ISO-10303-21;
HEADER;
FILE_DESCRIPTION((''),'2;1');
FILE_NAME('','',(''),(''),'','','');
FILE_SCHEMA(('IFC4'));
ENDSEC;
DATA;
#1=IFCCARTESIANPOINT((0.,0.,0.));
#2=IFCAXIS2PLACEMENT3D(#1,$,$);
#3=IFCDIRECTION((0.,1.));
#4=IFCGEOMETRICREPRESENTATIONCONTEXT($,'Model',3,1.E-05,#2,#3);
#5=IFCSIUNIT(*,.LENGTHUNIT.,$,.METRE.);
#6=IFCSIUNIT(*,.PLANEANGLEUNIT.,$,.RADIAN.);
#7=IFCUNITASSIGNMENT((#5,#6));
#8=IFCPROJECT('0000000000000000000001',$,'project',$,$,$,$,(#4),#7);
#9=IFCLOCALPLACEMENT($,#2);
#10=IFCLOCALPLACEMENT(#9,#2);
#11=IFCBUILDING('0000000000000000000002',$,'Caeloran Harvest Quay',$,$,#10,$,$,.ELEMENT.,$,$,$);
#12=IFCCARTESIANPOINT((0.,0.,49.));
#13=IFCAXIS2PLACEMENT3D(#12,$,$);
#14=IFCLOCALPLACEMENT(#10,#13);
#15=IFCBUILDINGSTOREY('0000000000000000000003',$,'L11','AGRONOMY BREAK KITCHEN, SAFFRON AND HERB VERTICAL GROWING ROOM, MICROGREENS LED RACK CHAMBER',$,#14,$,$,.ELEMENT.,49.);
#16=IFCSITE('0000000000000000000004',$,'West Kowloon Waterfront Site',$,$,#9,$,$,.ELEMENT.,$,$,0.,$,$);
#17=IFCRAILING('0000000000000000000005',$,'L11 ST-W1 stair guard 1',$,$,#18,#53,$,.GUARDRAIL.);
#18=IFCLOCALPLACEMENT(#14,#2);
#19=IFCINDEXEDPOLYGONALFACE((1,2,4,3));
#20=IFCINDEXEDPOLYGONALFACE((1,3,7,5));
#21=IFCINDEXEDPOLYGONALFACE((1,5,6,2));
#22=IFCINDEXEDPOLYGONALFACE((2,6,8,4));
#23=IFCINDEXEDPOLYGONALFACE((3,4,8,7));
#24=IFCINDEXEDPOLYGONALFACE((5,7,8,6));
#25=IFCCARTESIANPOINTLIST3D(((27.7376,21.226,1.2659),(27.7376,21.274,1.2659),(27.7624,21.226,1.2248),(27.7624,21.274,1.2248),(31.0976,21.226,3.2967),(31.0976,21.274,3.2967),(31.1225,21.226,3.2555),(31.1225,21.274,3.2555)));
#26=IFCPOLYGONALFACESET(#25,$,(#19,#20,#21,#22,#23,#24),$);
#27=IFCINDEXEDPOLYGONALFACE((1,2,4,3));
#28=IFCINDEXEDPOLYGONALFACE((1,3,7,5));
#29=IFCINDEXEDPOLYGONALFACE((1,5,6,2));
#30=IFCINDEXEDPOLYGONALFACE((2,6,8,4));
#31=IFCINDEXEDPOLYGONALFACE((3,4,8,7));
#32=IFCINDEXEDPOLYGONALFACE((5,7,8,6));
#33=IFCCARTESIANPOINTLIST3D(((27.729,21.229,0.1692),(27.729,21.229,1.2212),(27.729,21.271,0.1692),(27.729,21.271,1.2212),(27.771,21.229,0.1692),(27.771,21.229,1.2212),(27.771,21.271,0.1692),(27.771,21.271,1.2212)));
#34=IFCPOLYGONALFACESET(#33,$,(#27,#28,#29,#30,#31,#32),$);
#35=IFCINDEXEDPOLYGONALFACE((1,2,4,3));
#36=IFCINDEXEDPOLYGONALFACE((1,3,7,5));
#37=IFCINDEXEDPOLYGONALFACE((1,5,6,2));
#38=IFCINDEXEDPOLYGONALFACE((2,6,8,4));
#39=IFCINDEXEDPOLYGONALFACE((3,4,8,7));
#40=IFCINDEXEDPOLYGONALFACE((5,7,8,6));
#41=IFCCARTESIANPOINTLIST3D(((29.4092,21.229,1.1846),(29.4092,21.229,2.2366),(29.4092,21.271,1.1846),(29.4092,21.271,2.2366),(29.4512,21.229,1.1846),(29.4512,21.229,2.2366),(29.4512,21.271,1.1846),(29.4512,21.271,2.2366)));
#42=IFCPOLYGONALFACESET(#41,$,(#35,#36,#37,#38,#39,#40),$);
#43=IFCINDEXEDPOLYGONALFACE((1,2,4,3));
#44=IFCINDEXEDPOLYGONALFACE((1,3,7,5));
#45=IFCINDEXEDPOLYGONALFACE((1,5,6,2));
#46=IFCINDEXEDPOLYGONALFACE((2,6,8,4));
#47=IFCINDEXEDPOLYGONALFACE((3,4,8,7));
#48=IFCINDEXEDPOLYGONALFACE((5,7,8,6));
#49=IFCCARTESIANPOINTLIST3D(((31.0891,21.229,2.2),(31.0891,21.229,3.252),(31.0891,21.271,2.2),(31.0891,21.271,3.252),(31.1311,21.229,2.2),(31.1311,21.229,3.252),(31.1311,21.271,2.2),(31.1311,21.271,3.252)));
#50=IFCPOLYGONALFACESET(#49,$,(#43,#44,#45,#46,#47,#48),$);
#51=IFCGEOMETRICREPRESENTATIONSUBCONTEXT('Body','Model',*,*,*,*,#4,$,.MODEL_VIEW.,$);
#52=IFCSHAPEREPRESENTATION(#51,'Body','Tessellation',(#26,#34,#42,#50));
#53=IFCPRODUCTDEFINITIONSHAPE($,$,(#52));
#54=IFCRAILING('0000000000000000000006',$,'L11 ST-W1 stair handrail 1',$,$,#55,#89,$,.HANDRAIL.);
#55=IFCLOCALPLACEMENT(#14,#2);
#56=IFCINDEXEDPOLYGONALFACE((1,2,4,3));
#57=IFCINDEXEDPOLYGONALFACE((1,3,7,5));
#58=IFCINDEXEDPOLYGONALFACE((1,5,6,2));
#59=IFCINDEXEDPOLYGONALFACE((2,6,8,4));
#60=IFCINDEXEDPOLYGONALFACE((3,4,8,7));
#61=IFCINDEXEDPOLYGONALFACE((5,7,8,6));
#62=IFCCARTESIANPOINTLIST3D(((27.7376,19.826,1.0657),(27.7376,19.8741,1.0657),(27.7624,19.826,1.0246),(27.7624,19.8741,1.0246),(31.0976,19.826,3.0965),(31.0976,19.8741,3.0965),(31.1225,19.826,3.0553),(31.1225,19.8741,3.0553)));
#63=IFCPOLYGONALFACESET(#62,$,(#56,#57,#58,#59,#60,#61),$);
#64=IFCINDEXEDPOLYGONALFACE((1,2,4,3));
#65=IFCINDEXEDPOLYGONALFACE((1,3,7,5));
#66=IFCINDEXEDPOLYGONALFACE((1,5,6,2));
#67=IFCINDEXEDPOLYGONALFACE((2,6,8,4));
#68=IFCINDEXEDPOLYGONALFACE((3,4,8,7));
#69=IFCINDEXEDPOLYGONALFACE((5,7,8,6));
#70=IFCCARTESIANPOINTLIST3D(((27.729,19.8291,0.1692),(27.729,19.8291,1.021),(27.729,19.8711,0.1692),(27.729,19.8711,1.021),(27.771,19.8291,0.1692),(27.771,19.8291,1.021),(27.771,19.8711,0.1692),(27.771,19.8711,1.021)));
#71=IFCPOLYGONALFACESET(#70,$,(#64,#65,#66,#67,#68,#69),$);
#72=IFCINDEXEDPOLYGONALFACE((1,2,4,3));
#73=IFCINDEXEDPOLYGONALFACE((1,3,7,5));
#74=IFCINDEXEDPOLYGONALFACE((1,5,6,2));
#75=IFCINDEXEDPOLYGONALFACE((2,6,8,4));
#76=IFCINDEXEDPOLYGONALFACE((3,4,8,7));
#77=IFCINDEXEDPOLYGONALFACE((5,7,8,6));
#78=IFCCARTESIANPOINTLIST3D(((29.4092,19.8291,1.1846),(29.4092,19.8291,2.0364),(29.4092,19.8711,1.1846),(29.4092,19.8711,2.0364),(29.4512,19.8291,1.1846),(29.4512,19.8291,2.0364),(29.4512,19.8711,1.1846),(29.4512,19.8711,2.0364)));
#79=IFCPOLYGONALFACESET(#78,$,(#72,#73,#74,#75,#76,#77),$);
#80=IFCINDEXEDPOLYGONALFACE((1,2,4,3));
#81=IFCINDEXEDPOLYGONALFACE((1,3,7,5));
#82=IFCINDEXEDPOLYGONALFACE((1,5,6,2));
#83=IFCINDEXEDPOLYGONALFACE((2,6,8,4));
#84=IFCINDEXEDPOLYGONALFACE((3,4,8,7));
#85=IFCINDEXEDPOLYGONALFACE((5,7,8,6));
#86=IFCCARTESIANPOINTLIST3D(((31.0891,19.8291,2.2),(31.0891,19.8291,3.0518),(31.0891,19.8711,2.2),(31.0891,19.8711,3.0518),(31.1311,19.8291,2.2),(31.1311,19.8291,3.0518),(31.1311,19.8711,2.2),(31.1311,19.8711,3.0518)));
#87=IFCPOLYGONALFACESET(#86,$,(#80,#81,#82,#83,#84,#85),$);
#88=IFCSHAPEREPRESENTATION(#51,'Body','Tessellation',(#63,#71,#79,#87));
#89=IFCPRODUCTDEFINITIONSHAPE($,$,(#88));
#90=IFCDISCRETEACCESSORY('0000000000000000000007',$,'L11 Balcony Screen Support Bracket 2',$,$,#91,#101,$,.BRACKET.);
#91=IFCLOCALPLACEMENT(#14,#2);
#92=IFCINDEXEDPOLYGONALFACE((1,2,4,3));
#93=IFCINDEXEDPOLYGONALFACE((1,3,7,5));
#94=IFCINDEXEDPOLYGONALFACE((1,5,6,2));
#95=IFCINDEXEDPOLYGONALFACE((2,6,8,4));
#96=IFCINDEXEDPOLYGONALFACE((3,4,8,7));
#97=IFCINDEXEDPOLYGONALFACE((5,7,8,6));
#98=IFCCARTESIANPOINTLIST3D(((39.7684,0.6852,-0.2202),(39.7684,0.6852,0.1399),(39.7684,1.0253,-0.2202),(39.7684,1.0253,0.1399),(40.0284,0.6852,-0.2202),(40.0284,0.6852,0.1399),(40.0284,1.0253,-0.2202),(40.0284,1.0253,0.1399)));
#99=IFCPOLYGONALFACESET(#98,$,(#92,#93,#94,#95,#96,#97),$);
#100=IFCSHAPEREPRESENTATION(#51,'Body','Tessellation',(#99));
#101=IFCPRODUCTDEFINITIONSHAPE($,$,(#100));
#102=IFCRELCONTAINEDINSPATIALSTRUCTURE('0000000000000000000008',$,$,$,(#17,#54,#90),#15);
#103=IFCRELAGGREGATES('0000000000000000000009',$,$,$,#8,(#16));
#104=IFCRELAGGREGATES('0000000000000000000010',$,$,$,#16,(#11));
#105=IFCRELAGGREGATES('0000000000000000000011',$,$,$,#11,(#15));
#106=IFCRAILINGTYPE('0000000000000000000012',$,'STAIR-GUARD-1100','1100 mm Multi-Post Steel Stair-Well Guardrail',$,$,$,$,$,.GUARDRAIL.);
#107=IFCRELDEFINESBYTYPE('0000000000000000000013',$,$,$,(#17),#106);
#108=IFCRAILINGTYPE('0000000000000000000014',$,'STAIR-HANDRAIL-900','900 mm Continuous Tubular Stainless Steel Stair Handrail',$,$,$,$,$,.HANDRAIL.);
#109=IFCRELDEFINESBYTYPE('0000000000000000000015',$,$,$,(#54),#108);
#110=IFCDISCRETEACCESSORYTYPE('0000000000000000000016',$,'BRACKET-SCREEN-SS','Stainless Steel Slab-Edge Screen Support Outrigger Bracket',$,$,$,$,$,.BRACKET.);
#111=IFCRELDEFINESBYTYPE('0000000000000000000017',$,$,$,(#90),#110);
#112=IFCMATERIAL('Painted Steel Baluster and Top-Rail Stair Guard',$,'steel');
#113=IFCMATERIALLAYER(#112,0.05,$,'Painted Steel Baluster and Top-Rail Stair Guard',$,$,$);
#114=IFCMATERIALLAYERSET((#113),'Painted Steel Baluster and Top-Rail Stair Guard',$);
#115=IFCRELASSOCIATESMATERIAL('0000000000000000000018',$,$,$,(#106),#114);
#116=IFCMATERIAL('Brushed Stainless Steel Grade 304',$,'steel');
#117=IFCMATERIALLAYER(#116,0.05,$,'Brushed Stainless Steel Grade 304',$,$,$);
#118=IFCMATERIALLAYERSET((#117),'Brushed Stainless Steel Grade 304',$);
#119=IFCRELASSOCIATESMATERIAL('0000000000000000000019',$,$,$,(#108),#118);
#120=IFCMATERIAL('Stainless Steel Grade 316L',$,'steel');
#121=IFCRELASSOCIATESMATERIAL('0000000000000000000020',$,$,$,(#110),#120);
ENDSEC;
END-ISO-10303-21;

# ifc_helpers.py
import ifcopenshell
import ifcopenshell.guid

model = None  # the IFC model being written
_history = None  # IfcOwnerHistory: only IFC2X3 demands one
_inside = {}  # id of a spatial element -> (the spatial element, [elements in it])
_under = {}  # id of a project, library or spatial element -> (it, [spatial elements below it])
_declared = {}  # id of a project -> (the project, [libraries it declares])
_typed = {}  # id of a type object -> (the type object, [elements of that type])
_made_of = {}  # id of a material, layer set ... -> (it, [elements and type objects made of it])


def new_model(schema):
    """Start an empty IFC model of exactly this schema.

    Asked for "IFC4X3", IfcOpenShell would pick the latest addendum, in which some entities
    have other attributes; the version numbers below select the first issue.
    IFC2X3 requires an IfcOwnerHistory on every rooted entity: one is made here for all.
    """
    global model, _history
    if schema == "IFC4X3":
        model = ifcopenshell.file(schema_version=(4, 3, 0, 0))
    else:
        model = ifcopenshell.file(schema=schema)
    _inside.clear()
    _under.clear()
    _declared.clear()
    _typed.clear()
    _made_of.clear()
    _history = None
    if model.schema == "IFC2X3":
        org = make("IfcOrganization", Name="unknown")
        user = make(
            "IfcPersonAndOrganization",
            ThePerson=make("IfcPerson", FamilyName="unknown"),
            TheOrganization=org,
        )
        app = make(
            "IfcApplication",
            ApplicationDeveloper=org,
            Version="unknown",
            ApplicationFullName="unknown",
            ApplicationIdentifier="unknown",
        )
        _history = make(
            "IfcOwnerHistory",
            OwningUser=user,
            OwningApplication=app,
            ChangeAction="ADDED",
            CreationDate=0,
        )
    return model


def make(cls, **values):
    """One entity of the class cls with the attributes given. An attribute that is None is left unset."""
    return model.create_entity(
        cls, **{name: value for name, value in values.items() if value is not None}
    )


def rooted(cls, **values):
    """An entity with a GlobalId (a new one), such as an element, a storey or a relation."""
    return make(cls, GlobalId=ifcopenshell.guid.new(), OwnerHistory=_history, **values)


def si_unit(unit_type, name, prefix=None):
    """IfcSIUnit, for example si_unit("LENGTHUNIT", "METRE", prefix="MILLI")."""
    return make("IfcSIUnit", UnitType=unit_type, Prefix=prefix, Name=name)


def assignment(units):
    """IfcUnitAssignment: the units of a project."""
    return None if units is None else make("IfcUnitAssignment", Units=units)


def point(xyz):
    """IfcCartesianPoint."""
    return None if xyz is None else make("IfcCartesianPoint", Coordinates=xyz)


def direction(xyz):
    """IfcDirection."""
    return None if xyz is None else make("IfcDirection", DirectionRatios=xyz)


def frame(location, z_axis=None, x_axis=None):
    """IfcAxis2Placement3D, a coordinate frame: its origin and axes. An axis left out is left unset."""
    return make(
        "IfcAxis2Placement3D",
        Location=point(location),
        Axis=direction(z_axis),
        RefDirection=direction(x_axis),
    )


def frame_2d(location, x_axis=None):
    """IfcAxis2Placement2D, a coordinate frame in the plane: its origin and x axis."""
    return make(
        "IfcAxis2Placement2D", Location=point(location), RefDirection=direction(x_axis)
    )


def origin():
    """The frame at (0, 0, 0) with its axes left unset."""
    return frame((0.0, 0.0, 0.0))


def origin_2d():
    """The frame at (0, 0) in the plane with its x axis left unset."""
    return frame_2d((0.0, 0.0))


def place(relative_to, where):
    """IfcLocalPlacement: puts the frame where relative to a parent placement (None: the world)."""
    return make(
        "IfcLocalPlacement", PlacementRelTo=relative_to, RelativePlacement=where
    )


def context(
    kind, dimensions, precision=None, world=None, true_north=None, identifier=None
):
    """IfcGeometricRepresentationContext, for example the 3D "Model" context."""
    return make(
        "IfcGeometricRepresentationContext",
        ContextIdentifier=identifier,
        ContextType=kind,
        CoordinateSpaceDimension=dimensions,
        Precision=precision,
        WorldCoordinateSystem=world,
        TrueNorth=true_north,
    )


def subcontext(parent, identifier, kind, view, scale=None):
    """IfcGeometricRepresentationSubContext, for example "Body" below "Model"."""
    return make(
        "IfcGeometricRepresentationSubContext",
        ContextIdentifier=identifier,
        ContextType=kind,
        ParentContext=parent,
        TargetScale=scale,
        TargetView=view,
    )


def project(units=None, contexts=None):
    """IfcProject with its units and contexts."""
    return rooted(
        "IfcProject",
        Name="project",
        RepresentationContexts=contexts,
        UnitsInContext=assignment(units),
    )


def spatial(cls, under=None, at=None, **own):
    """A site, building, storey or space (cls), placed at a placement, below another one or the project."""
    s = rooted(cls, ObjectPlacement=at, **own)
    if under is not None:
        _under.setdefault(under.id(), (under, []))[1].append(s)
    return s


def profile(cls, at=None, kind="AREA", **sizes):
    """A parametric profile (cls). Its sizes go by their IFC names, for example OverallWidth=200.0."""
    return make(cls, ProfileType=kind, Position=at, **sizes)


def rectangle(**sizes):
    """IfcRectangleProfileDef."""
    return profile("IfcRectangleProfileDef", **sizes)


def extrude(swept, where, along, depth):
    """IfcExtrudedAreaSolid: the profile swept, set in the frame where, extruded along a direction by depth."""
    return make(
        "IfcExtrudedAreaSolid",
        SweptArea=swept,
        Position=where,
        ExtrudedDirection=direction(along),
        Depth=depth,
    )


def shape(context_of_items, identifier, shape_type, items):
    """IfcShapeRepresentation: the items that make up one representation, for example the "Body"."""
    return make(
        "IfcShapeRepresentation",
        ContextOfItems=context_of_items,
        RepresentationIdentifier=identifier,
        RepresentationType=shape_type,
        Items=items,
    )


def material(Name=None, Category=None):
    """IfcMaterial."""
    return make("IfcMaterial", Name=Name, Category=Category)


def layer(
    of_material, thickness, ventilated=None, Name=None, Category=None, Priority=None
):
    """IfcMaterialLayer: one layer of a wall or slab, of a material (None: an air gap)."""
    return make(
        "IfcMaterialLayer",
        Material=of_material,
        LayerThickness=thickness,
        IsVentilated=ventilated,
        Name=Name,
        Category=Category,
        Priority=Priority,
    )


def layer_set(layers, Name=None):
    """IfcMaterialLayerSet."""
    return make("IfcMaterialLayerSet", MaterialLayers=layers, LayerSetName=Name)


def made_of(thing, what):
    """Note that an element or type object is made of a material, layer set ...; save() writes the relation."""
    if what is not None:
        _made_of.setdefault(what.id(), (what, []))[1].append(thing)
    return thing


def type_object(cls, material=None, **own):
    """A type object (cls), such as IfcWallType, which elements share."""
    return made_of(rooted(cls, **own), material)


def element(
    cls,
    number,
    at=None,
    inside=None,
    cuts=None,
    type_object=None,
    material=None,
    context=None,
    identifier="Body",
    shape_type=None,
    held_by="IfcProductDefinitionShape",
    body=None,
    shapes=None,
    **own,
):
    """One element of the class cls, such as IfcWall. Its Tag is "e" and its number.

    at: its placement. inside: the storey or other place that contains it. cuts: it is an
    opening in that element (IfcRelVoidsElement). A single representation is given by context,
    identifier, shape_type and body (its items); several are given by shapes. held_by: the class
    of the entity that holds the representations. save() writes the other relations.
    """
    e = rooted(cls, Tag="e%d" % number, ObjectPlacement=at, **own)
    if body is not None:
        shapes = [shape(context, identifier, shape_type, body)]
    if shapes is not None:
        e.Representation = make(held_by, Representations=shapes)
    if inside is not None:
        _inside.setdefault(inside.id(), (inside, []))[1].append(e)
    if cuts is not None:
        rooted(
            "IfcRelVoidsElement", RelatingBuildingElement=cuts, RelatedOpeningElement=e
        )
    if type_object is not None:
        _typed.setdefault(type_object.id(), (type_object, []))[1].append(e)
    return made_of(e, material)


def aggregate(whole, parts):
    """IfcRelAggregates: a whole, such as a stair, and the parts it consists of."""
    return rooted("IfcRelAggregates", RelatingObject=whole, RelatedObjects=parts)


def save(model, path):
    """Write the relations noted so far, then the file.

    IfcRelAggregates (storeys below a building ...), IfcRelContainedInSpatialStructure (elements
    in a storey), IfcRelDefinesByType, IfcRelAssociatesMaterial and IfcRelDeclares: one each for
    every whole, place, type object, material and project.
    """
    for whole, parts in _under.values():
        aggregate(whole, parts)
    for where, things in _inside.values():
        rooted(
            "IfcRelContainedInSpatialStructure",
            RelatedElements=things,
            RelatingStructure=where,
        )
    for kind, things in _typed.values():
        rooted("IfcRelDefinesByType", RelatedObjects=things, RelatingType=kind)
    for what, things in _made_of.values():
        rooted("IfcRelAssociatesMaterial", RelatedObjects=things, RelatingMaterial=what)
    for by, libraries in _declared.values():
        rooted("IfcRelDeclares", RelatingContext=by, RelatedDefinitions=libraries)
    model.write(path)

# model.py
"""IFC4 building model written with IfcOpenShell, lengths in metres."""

from ifc_helpers import new_model, si_unit, direction, frame, origin, origin_2d, place, context, subcontext, project, spatial, rectangle, extrude, material, layer, layer_set, type_object, element, save


model = new_model("IFC4")

# Units and contexts
model_context = context("Model", 3, precision=1e-05, world=origin(), true_north=direction((0.0, 1.0)))
body_context = subcontext(model_context, "Body", "Model", "MODEL_VIEW")
ifc_project = project(units=[si_unit("LENGTHUNIT", "METRE"), si_unit("PLANEANGLEUNIT", "RADIAN")], contexts=[model_context])

# Site, building, storey
site_placement = place(None, origin())
site = spatial("IfcSite", under=ifc_project, at=site_placement, Name="West Kowloon Waterfront Site", CompositionType="ELEMENT", RefElevation=0.0)
building_placement = place(site_placement, origin())
building = spatial("IfcBuilding", under=site, at=building_placement, Name="Caeloran Harvest Quay", CompositionType="ELEMENT")
storey_placement = place(building_placement, frame((0.0, 0.0, 49.0)))
storey = spatial("IfcBuildingStorey", under=building, at=storey_placement, Name="L11", Description="AGRONOMY BREAK KITCHEN, SAFFRON AND HERB VERTICAL GROWING ROOM, MICROGREENS LED RACK CHAMBER", CompositionType="ELEMENT", Elevation=49.0)

# Railings
ifc_material_1 = material(Name="Painted Steel Baluster and Top-Rail Stair Guard", Category="steel")
ifc_layer_1 = layer(ifc_material_1, 0.05, Name="Painted Steel Baluster and Top-Rail Stair Guard")
ifc_layer_set_1 = layer_set([ifc_layer_1], Name="Painted Steel Baluster and Top-Rail Stair Guard")
railing_type_1 = type_object("IfcRailingType", Name="STAIR-GUARD-1100", Description="1100 mm Multi-Post Steel Stair-Well Guardrail", PredefinedType="GUARDRAIL", material=ifc_layer_set_1)
railing_1_placement = place(storey_placement, frame((27.75, 21.25, 0.1692)))
element("IfcRailing", 1, at=railing_1_placement, inside=storey, type_object=railing_type_1, Name="L11 ST-W1 stair guard 1", PredefinedType="GUARDRAIL", context=body_context, shape_type="SweptSolid", body=[
    extrude(rectangle(XDim=0.0481, YDim=0.0481, at=origin_2d()), frame((0.0, 0.0, 1.0762), z_axis=(0.855837, 0.0, 0.517246), x_axis=(0.0, 1.0, 0.0)), (0.0, 0.0, 1.0), 3.926),
    extrude(rectangle(XDim=0.042, YDim=0.042, at=origin_2d()), origin(), (0.0, 0.0, 1.0), 1.052),
    extrude(rectangle(XDim=0.042, YDim=0.042, at=origin_2d()), frame((1.6802, 0.0, 1.0154)), (0.0, 0.0, 1.0), 1.052),
    extrude(rectangle(XDim=0.042, YDim=0.042, at=origin_2d()), frame((3.3601, 0.0, 2.0308)), (0.0, 0.0, 1.0), 1.052),
])
ifc_material_2 = material(Name="Brushed Stainless Steel Grade 304", Category="steel")
ifc_layer_2 = layer(ifc_material_2, 0.05, Name="Brushed Stainless Steel Grade 304")
ifc_layer_set_2 = layer_set([ifc_layer_2], Name="Brushed Stainless Steel Grade 304")
railing_type_2 = type_object("IfcRailingType", Name="STAIR-HANDRAIL-900", Description="900 mm Continuous Tubular Stainless Steel Stair Handrail", PredefinedType="HANDRAIL", material=ifc_layer_set_2)
railing_2_placement = place(storey_placement, frame((27.75, 19.8501, 0.1692)))
element("IfcRailing", 2, at=railing_2_placement, inside=storey, type_object=railing_type_2, Name="L11 ST-W1 stair handrail 1", PredefinedType="HANDRAIL", context=body_context, shape_type="SweptSolid", body=[
    extrude(rectangle(XDim=0.0481, YDim=0.0481, at=origin_2d()), frame((0.0, 0.0, 0.876), z_axis=(0.855837, 0.0, 0.517246), x_axis=(0.0, 1.0, 0.0)), (0.0, 0.0, 1.0), 3.926),
    extrude(rectangle(XDim=0.042, YDim=0.042, at=origin_2d()), origin(), (0.0, 0.0, 1.0), 0.8518),
    extrude(rectangle(XDim=0.042, YDim=0.042, at=origin_2d()), frame((1.6802, 0.0, 1.0154)), (0.0, 0.0, 1.0), 0.8518),
    extrude(rectangle(XDim=0.042, YDim=0.042, at=origin_2d()), frame((3.3601, 0.0, 2.0308)), (0.0, 0.0, 1.0), 0.8518),
])

# Discrete accessory
ifc_material_3 = material(Name="Stainless Steel Grade 316L", Category="steel")
discrete_accessory_type = type_object("IfcDiscreteAccessoryType", Name="BRACKET-SCREEN-SS", Description="Stainless Steel Slab-Edge Screen Support Outrigger Bracket", PredefinedType="BRACKET", material=ifc_material_3)
discrete_accessory_placement = place(storey_placement, frame((39.8984, 0.8552, -0.2202), z_axis=(0.0, 0.0, 1.0), x_axis=(1.0, 0.0, 0.0)))
element("IfcDiscreteAccessory", 3, at=discrete_accessory_placement, inside=storey, type_object=discrete_accessory_type, Name="L11 Balcony Screen Support Bracket 2", PredefinedType="BRACKET", context=body_context, shape_type="SweptSolid", body=[
    extrude(rectangle(XDim=0.26, YDim=0.3401, at=origin_2d()), origin(), (0.0, 0.0, 1.0), 0.3601),
])

save(model, "model.ifc")
